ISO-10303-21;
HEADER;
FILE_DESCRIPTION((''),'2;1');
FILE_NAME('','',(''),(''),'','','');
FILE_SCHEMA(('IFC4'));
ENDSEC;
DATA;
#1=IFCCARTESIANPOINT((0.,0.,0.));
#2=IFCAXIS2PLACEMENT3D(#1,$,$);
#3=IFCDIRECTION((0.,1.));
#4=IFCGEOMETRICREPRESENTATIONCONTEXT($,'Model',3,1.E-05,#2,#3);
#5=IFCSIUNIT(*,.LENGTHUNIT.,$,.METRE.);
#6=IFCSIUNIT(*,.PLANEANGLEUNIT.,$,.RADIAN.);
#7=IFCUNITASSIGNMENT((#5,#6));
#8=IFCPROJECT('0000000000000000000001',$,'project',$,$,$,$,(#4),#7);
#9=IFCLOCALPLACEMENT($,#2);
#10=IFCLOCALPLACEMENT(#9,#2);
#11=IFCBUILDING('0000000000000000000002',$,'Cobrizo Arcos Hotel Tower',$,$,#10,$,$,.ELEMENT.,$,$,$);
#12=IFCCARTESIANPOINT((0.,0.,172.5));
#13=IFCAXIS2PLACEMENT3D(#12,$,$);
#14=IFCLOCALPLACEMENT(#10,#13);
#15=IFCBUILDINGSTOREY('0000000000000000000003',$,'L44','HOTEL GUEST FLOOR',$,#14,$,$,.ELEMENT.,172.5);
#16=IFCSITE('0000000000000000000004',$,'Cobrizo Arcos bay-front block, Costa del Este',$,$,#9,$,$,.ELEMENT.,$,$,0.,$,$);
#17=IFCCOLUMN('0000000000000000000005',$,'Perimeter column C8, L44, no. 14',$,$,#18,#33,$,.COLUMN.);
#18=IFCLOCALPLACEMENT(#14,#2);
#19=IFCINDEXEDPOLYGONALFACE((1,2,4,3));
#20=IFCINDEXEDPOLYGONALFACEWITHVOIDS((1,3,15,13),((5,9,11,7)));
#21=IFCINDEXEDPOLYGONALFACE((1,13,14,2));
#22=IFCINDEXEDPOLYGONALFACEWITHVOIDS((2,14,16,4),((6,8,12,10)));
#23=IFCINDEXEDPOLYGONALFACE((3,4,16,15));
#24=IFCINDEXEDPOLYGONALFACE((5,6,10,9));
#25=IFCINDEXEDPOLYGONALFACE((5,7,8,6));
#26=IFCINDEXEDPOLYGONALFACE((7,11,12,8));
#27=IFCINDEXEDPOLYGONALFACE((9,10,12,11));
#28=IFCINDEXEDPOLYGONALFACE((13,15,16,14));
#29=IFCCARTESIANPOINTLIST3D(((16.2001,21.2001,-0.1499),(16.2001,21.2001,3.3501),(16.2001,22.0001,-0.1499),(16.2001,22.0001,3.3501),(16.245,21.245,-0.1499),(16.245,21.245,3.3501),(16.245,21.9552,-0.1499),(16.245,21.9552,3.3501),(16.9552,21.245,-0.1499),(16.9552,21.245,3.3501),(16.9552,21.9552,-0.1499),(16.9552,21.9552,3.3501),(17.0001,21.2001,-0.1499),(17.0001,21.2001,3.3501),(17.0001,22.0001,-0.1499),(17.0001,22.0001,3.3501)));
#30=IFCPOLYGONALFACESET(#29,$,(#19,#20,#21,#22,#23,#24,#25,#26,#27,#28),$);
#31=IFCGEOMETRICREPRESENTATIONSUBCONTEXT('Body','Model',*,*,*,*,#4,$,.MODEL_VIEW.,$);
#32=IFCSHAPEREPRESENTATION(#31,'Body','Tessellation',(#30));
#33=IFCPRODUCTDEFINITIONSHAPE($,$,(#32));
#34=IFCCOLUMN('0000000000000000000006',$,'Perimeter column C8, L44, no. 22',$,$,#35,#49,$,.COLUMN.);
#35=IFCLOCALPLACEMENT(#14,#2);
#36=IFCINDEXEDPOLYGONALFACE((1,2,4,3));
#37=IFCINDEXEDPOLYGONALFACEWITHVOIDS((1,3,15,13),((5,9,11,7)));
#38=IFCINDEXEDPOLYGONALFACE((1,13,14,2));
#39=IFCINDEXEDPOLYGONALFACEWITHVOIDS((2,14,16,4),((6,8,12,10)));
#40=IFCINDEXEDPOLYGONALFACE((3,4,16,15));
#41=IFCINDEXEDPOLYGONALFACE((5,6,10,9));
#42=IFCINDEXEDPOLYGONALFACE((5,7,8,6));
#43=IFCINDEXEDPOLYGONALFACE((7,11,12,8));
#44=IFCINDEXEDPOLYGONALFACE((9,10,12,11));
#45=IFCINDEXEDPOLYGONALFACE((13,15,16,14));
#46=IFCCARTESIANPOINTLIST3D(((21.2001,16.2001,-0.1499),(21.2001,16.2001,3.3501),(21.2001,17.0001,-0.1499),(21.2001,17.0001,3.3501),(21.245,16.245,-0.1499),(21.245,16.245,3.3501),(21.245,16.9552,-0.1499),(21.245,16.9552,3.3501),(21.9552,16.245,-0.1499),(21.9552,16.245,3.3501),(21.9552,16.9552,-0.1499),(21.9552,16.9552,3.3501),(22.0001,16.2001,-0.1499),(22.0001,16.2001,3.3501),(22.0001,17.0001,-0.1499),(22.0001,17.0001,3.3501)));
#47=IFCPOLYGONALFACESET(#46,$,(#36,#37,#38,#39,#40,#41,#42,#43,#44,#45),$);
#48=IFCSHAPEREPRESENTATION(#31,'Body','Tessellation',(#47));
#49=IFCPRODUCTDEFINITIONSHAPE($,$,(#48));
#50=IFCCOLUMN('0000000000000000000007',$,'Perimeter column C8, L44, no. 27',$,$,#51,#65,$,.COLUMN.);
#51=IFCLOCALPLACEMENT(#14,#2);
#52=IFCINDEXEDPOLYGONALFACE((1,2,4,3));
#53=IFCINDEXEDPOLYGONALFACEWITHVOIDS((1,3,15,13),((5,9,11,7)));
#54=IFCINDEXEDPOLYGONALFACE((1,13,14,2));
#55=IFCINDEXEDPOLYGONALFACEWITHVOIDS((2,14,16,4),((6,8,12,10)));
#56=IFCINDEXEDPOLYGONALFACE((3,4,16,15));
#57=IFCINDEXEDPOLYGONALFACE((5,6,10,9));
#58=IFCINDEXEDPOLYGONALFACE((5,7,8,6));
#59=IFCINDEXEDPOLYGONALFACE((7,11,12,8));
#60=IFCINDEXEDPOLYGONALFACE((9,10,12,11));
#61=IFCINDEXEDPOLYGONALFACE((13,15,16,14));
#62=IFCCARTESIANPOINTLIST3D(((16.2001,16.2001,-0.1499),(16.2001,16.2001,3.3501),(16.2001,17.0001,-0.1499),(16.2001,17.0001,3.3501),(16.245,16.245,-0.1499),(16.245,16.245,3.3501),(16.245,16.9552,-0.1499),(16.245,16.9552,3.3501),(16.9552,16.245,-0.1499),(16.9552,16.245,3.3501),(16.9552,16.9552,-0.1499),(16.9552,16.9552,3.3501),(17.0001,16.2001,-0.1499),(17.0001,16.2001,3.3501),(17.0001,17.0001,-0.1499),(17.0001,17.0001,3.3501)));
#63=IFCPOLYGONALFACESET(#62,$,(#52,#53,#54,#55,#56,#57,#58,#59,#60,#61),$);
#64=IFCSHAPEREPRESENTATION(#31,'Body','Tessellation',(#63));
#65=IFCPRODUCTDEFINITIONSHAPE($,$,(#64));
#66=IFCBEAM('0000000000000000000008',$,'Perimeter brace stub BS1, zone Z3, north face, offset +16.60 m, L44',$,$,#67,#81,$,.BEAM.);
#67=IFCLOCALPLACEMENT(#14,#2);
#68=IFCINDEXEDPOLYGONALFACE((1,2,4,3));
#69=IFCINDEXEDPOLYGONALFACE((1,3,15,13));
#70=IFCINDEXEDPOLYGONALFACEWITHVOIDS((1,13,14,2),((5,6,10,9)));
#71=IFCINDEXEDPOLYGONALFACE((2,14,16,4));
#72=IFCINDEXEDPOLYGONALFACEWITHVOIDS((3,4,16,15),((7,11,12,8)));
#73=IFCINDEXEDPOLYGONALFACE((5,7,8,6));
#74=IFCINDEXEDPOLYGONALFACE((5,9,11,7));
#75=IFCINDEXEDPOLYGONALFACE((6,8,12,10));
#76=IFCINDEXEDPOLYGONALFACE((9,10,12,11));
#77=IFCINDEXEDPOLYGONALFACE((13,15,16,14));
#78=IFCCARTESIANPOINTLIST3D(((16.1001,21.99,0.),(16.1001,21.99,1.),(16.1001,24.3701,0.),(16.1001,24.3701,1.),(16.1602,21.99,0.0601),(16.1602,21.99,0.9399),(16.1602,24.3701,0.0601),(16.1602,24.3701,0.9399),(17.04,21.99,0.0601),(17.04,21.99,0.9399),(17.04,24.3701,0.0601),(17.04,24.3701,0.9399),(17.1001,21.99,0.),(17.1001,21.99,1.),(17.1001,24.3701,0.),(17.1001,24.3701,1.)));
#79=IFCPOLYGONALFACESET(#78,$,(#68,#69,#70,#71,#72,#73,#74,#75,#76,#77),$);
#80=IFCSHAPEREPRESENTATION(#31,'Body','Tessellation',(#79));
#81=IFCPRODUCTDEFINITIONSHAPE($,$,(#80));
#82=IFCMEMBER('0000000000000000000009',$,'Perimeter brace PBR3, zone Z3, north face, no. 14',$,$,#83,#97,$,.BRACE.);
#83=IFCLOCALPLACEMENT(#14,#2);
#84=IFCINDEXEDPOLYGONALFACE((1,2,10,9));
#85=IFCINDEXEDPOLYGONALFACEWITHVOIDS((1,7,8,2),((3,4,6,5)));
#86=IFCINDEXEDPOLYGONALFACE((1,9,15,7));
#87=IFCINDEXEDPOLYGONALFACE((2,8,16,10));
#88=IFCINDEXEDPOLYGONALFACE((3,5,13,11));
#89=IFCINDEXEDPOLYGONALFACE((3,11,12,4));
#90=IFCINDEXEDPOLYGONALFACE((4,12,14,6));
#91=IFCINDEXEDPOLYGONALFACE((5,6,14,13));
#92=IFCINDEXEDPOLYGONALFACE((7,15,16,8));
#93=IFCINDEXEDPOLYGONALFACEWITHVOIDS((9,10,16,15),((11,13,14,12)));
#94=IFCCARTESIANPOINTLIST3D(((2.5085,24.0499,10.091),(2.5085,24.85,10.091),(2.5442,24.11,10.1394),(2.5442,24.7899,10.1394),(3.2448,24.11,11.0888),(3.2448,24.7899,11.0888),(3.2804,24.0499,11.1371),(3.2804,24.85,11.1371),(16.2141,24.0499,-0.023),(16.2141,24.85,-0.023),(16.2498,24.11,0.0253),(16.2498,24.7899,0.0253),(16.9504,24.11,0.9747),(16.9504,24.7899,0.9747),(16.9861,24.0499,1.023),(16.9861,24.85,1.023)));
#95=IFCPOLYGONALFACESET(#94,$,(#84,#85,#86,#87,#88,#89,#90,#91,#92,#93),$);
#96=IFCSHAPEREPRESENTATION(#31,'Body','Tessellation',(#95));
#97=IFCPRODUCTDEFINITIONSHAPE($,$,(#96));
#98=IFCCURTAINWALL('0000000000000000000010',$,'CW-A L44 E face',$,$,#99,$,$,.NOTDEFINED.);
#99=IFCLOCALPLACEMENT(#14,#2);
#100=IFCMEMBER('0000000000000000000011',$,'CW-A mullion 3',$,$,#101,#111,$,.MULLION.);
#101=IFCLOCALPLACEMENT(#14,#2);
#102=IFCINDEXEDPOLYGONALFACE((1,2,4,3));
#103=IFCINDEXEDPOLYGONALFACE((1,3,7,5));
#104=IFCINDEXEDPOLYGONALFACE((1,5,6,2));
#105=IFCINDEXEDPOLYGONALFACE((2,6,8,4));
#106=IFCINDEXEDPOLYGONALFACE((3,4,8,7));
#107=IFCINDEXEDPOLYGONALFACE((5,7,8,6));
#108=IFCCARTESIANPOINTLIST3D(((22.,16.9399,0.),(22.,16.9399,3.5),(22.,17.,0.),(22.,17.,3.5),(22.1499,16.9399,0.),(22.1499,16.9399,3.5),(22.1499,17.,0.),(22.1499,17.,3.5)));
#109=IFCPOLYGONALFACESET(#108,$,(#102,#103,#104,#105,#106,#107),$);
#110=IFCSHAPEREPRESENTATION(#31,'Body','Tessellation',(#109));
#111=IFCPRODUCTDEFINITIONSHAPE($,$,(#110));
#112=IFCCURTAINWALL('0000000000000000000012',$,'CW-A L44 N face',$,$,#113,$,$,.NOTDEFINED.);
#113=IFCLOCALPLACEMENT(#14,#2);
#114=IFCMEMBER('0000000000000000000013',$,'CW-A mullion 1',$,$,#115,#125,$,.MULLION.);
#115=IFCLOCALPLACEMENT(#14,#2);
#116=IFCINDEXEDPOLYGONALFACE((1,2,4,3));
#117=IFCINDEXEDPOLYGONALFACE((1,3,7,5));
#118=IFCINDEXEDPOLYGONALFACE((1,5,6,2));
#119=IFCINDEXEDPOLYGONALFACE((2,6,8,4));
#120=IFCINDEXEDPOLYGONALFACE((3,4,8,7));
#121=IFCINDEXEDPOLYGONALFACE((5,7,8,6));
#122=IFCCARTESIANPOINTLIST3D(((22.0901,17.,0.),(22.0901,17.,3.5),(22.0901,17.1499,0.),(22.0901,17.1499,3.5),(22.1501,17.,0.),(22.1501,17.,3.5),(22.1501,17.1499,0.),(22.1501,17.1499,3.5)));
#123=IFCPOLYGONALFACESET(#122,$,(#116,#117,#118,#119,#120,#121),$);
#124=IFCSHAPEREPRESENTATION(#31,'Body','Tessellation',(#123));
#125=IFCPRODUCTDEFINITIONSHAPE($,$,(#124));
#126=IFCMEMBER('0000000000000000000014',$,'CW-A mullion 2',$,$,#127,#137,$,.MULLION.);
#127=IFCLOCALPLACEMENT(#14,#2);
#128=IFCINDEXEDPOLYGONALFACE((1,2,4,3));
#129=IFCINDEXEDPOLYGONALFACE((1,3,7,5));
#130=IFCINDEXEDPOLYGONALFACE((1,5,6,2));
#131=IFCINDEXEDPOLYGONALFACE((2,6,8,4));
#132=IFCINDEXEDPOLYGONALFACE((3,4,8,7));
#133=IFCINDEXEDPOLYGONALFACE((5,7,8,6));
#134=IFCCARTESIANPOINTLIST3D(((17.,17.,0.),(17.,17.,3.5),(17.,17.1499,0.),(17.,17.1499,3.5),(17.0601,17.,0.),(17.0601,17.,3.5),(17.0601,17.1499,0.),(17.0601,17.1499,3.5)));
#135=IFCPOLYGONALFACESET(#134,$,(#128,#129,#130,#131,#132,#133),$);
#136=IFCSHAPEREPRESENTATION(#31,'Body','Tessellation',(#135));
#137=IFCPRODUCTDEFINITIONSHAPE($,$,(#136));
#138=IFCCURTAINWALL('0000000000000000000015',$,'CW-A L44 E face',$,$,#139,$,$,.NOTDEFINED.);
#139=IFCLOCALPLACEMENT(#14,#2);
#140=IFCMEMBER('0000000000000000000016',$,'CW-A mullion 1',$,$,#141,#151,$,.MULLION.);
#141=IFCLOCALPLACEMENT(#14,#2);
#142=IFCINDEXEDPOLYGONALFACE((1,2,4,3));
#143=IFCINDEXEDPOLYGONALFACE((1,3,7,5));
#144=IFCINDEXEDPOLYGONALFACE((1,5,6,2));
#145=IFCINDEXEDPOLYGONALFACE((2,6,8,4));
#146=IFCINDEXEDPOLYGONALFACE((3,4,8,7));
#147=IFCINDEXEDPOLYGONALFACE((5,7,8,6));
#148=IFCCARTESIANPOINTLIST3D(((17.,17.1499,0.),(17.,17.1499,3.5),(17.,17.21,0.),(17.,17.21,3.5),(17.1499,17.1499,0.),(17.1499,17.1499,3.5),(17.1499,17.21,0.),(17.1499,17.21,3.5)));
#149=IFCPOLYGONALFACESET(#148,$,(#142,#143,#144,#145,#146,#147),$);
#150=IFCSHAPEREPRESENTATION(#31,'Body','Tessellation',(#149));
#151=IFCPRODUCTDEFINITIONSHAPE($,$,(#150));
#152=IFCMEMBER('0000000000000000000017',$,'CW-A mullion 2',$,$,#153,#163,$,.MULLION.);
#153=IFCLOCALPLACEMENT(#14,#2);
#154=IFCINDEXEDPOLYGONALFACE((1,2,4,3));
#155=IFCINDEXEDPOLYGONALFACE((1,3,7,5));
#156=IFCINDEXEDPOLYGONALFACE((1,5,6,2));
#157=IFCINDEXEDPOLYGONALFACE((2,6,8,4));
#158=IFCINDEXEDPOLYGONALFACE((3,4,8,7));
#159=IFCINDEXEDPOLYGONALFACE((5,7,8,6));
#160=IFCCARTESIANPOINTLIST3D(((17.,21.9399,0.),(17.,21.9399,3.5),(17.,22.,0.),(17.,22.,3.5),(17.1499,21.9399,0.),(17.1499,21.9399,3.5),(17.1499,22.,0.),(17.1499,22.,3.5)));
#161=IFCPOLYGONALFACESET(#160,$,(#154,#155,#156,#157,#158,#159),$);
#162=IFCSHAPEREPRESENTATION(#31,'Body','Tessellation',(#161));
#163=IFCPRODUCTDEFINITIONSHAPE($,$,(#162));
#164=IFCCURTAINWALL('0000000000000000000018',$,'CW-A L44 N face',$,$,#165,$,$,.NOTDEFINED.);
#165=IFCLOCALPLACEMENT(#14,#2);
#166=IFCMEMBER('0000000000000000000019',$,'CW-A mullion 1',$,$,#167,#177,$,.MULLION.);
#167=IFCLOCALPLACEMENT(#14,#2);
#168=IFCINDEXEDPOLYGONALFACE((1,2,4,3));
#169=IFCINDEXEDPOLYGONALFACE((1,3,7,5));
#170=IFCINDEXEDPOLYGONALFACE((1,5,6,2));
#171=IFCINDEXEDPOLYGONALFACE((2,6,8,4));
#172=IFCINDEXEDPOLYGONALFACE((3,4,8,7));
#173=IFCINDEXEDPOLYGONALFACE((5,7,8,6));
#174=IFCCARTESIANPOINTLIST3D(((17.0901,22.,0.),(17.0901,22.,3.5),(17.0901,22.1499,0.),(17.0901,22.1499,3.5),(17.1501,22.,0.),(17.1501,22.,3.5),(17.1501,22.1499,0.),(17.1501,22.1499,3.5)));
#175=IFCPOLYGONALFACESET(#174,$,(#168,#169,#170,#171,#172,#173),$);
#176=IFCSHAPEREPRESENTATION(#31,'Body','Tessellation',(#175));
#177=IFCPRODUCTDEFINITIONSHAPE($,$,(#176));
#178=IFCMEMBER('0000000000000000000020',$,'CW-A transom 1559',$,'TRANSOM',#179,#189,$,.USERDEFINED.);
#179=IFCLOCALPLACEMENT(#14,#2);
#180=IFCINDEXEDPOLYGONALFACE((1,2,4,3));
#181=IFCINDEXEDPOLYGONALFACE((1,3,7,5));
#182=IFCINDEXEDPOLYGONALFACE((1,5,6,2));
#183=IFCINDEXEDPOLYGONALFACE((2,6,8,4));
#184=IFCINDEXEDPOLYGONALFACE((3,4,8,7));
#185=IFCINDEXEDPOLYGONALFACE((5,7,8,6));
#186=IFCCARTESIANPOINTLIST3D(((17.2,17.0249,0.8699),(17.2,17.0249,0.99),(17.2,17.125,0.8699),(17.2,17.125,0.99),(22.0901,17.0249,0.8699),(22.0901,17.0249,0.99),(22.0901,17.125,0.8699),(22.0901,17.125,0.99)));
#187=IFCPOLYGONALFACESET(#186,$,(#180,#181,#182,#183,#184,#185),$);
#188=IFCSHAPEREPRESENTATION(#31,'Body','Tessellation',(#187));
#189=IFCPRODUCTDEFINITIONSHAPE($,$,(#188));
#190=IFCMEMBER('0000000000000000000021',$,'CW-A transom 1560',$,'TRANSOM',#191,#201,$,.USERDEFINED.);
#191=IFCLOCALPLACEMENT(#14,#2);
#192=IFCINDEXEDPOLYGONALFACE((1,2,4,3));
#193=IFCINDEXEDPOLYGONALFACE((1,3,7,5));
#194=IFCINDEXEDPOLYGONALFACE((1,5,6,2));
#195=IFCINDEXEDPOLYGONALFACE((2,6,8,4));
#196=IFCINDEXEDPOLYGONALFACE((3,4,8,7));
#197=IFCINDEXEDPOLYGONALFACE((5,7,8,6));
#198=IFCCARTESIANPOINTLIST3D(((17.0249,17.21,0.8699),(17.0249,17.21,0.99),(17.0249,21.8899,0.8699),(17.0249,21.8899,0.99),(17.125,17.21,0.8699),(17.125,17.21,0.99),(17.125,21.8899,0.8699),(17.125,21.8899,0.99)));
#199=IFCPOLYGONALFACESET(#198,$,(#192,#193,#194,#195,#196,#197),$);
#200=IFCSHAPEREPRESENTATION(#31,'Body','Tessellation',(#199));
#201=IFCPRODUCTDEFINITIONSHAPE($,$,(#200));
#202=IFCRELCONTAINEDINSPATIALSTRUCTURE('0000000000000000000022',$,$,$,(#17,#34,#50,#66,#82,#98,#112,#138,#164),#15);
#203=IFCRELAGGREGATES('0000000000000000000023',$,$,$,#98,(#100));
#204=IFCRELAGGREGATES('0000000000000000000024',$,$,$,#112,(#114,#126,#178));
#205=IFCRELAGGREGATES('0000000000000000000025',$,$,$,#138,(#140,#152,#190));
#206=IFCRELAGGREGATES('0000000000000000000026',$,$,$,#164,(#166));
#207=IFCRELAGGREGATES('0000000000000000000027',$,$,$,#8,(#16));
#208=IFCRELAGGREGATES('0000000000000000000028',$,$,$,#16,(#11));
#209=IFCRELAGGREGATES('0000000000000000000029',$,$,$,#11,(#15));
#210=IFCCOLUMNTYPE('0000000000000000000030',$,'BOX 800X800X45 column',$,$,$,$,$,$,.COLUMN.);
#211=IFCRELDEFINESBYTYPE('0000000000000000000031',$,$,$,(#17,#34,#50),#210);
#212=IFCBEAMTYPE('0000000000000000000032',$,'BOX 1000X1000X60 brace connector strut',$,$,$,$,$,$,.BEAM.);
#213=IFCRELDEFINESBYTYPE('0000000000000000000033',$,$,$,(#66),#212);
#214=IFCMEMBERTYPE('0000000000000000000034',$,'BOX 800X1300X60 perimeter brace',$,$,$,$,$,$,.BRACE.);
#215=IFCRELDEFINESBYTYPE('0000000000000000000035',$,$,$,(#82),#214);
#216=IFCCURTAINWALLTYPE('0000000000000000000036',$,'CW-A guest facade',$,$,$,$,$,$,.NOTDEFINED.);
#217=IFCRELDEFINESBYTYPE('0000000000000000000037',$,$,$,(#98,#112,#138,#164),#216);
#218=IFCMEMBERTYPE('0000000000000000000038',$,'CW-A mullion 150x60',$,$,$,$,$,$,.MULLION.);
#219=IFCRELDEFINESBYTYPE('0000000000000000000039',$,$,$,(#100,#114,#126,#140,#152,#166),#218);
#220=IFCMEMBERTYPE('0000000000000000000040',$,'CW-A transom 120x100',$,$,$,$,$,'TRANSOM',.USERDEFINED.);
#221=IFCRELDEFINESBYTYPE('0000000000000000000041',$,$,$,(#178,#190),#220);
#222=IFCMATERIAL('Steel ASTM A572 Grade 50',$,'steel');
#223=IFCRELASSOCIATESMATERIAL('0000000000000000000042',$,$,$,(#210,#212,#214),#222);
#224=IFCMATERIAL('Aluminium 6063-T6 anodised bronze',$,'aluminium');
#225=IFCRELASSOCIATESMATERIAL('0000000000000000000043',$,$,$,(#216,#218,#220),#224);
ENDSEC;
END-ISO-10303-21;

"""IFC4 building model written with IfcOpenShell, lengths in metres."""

from ifc_helpers import new_model, si_unit, direction, frame, origin, origin_2d, place, context, subcontext, project, spatial, rectangle, hollow_rectangle, extrude, material, material_profile, profile_set, type_object, element, aggregate, save


model = new_model("IFC4")

# Units and contexts
model_context = context("Model", 3, precision=1e-05, world=origin(), true_north=direction((0.0, 1.0)))
body_context = subcontext(model_context, "Body", "Model", "MODEL_VIEW")
ifc_project = project(units=[si_unit("LENGTHUNIT", "METRE"), si_unit("PLANEANGLEUNIT", "RADIAN")], contexts=[model_context])

# Site, building, storey
site_placement = place(None, origin())
site = spatial("IfcSite", under=ifc_project, at=site_placement, Name="Cobrizo Arcos bay-front block, Costa del Este", CompositionType="ELEMENT", RefElevation=0.0)
building_placement = place(site_placement, origin())
building = spatial("IfcBuilding", under=site, at=building_placement, Name="Cobrizo Arcos Hotel Tower", CompositionType="ELEMENT")
storey_placement = place(building_placement, frame((0.0, 0.0, 172.5)))
storey = spatial("IfcBuildingStorey", under=building, at=storey_placement, Name="L44", Description="HOTEL GUEST FLOOR", CompositionType="ELEMENT", Elevation=172.5)

# Columns
ifc_material_1 = material(Name="Steel ASTM A572 Grade 50", Category="steel")
ifc_material_profile_1 = material_profile(ifc_material_1, hollow_rectangle(XDim=0.8, YDim=0.8, WallThickness=0.0449, at=origin_2d()), Name="BOX 800X800X45")
ifc_profile_set_1 = profile_set([ifc_material_profile_1], Name="Steel ASTM A572 Grade 50")
column_type = type_object("IfcColumnType", Name="BOX 800X800X45 column", PredefinedType="COLUMN", material=ifc_profile_set_1)
for number, where, z_axis, x_axis, name in (
    (1, (16.6001, 21.6001, -0.1499), (0.0, 0.0, 1.0), (1.0, 0.0, 0.0), "Perimeter column C8, L44, no. 14"),
    (2, (21.6001, 16.6001, -0.1499), (0.0, 0.0, 1.0), (1.0, 0.0, 0.0), "Perimeter column C8, L44, no. 22"),
    (3, (16.6001, 16.6001, -0.1499), (0.0, 0.0, 1.0), (1.0, 0.0, 0.0), "Perimeter column C8, L44, no. 27"),
):
    element("IfcColumn", number, at=place(storey_placement, frame(where, z_axis=z_axis, x_axis=x_axis)), inside=storey, type_object=column_type, Name=name, PredefinedType="COLUMN", context=body_context, shape_type="SweptSolid", body=[
        extrude(hollow_rectangle(XDim=0.8, YDim=0.8, WallThickness=0.0449, at=origin_2d()), origin(), (0.0, 0.0, 1.0), 3.5),
    ])

# Beam
ifc_material_profile_2 = material_profile(ifc_material_1, hollow_rectangle(XDim=1.0, YDim=1.0, WallThickness=0.0601, at=origin_2d()), Name="BOX 1000X1000X60")
ifc_profile_set_2 = profile_set([ifc_material_profile_2], Name="Steel ASTM A572 Grade 50")
beam_type_1 = type_object("IfcBeamType", Name="BOX 1000X1000X60 brace connector strut", PredefinedType="BEAM", material=ifc_profile_set_2)
beam_1_placement = place(storey_placement, frame((16.6001, 21.99, 0.5), z_axis=(0.0, 1.0, 0.0), x_axis=(-1.0, 0.0, 0.0)))
element("IfcBeam", 4, at=beam_1_placement, inside=storey, type_object=beam_type_1, Name="Perimeter brace stub BS1, zone Z3, north face, offset +16.60 m, L44", PredefinedType="BEAM", context=body_context, shape_type="SweptSolid", body=[
    extrude(hollow_rectangle(XDim=1.0, YDim=1.0, WallThickness=0.0601, at=origin_2d()), origin(), (0.0, 0.0, 1.0), 2.3801),
])

# Member
ifc_material_profile_3 = material_profile(ifc_material_1, hollow_rectangle(XDim=0.8, YDim=1.3, WallThickness=0.0601, at=origin_2d()), Name="BOX 800X1300X60")
ifc_profile_set_3 = profile_set([ifc_material_profile_3], Name="Steel ASTM A572 Grade 50")
member_type_1 = type_object("IfcMemberType", Name="BOX 800X1300X60 perimeter brace", PredefinedType="BRACE", material=ifc_profile_set_3)
member_1_placement = place(storey_placement, frame((16.6001, 24.45, 0.5), z_axis=(-0.80463, 0.0, 0.593776), x_axis=(0.0, -1.0, 0.0)))
element("IfcMember", 5, at=member_1_placement, inside=storey, type_object=member_type_1, Name="Perimeter brace PBR3, zone Z3, north face, no. 14", PredefinedType="BRACE", context=body_context, shape_type="SweptSolid", body=[
    extrude(hollow_rectangle(XDim=0.8, YDim=1.3, WallThickness=0.0601, at=origin_2d()), origin(), (0.0, 0.0, 1.0), 17.0334),
])

# Curtain wall, member
ifc_material_2 = material(Name="Aluminium 6063-T6 anodised bronze", Category="aluminium")
curtain_wall_type = type_object("IfcCurtainWallType", Name="CW-A guest facade", PredefinedType="NOTDEFINED", material=ifc_material_2)
curtain_wall_1_placement = place(storey_placement, origin())
curtain_wall_1 = element("IfcCurtainWall", 6, at=curtain_wall_1_placement, inside=storey, type_object=curtain_wall_type, Name="CW-A L44 E face", PredefinedType="NOTDEFINED")
ifc_material_profile_4 = material_profile(ifc_material_2, rectangle(XDim=0.1499, YDim=0.0601, at=origin_2d()), Name="CW-A mullion 150x60")
ifc_profile_set_4 = profile_set([ifc_material_profile_4], Name="Aluminium 6063-T6 anodised bronze")
member_type_2 = type_object("IfcMemberType", Name="CW-A mullion 150x60", PredefinedType="MULLION", material=ifc_profile_set_4)
member_2_placement = place(storey_placement, frame((22.075, 16.97, 0.0), z_axis=(0.0, 0.0, 1.0), x_axis=(1.0, 0.0, 0.0)))
member_2 = element("IfcMember", 7, at=member_2_placement, type_object=member_type_2, Name="CW-A mullion 3", PredefinedType="MULLION", context=body_context, shape_type="SweptSolid", body=[
    extrude(rectangle(XDim=0.1499, YDim=0.0601, at=origin_2d()), origin(), (0.0, 0.0, 1.0), 3.5),
])

# Curtain walls, members
curtain_wall_2_placement = place(storey_placement, origin())
curtain_wall_2 = element("IfcCurtainWall", 8, at=curtain_wall_2_placement, inside=storey, type_object=curtain_wall_type, Name="CW-A L44 N face", PredefinedType="NOTDEFINED")
member_3_placement = place(storey_placement, frame((22.1201, 17.075, 0.0), z_axis=(0.0, 0.0, 1.0), x_axis=(0.0, 1.0, 0.0)))
member_3 = element("IfcMember", 9, at=member_3_placement, type_object=member_type_2, Name="CW-A mullion 1", PredefinedType="MULLION", context=body_context, shape_type="SweptSolid", body=[
    extrude(rectangle(XDim=0.1499, YDim=0.0601, at=origin_2d()), origin(), (0.0, 0.0, 1.0), 3.5),
])
member_4_placement = place(storey_placement, frame((17.03, 17.075, 0.0), z_axis=(0.0, 0.0, 1.0), x_axis=(0.0, 1.0, 0.0)))
member_4 = element("IfcMember", 10, at=member_4_placement, type_object=member_type_2, Name="CW-A mullion 2", PredefinedType="MULLION", context=body_context, shape_type="SweptSolid", body=[
    extrude(rectangle(XDim=0.1499, YDim=0.0601, at=origin_2d()), origin(), (0.0, 0.0, 1.0), 3.5),
])
curtain_wall_3_placement = place(storey_placement, origin())
curtain_wall_3 = element("IfcCurtainWall", 11, at=curtain_wall_3_placement, inside=storey, type_object=curtain_wall_type, Name="CW-A L44 E face", PredefinedType="NOTDEFINED")
member_5_placement = place(storey_placement, frame((17.075, 17.1799, 0.0), z_axis=(0.0, 0.0, 1.0), x_axis=(1.0, 0.0, 0.0)))
member_5 = element("IfcMember", 12, at=member_5_placement, type_object=member_type_2, Name="CW-A mullion 1", PredefinedType="MULLION", context=body_context, shape_type="SweptSolid", body=[
    extrude(rectangle(XDim=0.1499, YDim=0.0601, at=origin_2d()), origin(), (0.0, 0.0, 1.0), 3.5),
])
member_6_placement = place(storey_placement, frame((17.075, 21.97, 0.0), z_axis=(0.0, 0.0, 1.0), x_axis=(1.0, 0.0, 0.0)))
member_6 = element("IfcMember", 13, at=member_6_placement, type_object=member_type_2, Name="CW-A mullion 2", PredefinedType="MULLION", context=body_context, shape_type="SweptSolid", body=[
    extrude(rectangle(XDim=0.1499, YDim=0.0601, at=origin_2d()), origin(), (0.0, 0.0, 1.0), 3.5),
])

# Curtain wall, member
curtain_wall_4_placement = place(storey_placement, origin())
curtain_wall_4 = element("IfcCurtainWall", 14, at=curtain_wall_4_placement, inside=storey, type_object=curtain_wall_type, Name="CW-A L44 N face", PredefinedType="NOTDEFINED")
member_7_placement = place(storey_placement, frame((17.1201, 22.075, 0.0), z_axis=(0.0, 0.0, 1.0), x_axis=(0.0, 1.0, 0.0)))
member_7 = element("IfcMember", 15, at=member_7_placement, type_object=member_type_2, Name="CW-A mullion 1", PredefinedType="MULLION", context=body_context, shape_type="SweptSolid", body=[
    extrude(rectangle(XDim=0.1499, YDim=0.0601, at=origin_2d()), origin(), (0.0, 0.0, 1.0), 3.5),
])

# Members
ifc_material_profile_5 = material_profile(ifc_material_2, rectangle(XDim=0.1001, YDim=0.1201, at=origin_2d()), Name="CW-A transom 120x100")
ifc_profile_set_5 = profile_set([ifc_material_profile_5], Name="Aluminium 6063-T6 anodised bronze")
member_type_3 = type_object("IfcMemberType", Name="CW-A transom 120x100", ElementType="TRANSOM", PredefinedType="USERDEFINED", material=ifc_profile_set_5)
member_8_placement = place(storey_placement, frame((22.0901, 17.075, 0.9299), z_axis=(-1.0, 0.0, 0.0), x_axis=(0.0, -1.0, 0.0)))
member_8 = element("IfcMember", 16, at=member_8_placement, type_object=member_type_3, Name="CW-A transom 1559", ObjectType="TRANSOM", PredefinedType="USERDEFINED", context=body_context, shape_type="SweptSolid", body=[
    extrude(rectangle(XDim=0.1001, YDim=0.1201, at=origin_2d()), origin(), (0.0, 0.0, 1.0), 4.8901),
])
member_9_placement = place(storey_placement, frame((17.075, 17.21, 0.9299), z_axis=(0.0, 1.0, 0.0), x_axis=(-1.0, 0.0, 0.0)))
member_9 = element("IfcMember", 17, at=member_9_placement, type_object=member_type_3, Name="CW-A transom 1560", ObjectType="TRANSOM", PredefinedType="USERDEFINED", context=body_context, shape_type="SweptSolid", body=[
    extrude(rectangle(XDim=0.1001, YDim=0.1201, at=origin_2d()), origin(), (0.0, 0.0, 1.0), 4.6799),
])

aggregate(curtain_wall_1, [member_2])
aggregate(curtain_wall_2, [member_3, member_4, member_8])
aggregate(curtain_wall_3, [member_5, member_6, member_9])
aggregate(curtain_wall_4, [member_7])

save(model, "model.ifc")
